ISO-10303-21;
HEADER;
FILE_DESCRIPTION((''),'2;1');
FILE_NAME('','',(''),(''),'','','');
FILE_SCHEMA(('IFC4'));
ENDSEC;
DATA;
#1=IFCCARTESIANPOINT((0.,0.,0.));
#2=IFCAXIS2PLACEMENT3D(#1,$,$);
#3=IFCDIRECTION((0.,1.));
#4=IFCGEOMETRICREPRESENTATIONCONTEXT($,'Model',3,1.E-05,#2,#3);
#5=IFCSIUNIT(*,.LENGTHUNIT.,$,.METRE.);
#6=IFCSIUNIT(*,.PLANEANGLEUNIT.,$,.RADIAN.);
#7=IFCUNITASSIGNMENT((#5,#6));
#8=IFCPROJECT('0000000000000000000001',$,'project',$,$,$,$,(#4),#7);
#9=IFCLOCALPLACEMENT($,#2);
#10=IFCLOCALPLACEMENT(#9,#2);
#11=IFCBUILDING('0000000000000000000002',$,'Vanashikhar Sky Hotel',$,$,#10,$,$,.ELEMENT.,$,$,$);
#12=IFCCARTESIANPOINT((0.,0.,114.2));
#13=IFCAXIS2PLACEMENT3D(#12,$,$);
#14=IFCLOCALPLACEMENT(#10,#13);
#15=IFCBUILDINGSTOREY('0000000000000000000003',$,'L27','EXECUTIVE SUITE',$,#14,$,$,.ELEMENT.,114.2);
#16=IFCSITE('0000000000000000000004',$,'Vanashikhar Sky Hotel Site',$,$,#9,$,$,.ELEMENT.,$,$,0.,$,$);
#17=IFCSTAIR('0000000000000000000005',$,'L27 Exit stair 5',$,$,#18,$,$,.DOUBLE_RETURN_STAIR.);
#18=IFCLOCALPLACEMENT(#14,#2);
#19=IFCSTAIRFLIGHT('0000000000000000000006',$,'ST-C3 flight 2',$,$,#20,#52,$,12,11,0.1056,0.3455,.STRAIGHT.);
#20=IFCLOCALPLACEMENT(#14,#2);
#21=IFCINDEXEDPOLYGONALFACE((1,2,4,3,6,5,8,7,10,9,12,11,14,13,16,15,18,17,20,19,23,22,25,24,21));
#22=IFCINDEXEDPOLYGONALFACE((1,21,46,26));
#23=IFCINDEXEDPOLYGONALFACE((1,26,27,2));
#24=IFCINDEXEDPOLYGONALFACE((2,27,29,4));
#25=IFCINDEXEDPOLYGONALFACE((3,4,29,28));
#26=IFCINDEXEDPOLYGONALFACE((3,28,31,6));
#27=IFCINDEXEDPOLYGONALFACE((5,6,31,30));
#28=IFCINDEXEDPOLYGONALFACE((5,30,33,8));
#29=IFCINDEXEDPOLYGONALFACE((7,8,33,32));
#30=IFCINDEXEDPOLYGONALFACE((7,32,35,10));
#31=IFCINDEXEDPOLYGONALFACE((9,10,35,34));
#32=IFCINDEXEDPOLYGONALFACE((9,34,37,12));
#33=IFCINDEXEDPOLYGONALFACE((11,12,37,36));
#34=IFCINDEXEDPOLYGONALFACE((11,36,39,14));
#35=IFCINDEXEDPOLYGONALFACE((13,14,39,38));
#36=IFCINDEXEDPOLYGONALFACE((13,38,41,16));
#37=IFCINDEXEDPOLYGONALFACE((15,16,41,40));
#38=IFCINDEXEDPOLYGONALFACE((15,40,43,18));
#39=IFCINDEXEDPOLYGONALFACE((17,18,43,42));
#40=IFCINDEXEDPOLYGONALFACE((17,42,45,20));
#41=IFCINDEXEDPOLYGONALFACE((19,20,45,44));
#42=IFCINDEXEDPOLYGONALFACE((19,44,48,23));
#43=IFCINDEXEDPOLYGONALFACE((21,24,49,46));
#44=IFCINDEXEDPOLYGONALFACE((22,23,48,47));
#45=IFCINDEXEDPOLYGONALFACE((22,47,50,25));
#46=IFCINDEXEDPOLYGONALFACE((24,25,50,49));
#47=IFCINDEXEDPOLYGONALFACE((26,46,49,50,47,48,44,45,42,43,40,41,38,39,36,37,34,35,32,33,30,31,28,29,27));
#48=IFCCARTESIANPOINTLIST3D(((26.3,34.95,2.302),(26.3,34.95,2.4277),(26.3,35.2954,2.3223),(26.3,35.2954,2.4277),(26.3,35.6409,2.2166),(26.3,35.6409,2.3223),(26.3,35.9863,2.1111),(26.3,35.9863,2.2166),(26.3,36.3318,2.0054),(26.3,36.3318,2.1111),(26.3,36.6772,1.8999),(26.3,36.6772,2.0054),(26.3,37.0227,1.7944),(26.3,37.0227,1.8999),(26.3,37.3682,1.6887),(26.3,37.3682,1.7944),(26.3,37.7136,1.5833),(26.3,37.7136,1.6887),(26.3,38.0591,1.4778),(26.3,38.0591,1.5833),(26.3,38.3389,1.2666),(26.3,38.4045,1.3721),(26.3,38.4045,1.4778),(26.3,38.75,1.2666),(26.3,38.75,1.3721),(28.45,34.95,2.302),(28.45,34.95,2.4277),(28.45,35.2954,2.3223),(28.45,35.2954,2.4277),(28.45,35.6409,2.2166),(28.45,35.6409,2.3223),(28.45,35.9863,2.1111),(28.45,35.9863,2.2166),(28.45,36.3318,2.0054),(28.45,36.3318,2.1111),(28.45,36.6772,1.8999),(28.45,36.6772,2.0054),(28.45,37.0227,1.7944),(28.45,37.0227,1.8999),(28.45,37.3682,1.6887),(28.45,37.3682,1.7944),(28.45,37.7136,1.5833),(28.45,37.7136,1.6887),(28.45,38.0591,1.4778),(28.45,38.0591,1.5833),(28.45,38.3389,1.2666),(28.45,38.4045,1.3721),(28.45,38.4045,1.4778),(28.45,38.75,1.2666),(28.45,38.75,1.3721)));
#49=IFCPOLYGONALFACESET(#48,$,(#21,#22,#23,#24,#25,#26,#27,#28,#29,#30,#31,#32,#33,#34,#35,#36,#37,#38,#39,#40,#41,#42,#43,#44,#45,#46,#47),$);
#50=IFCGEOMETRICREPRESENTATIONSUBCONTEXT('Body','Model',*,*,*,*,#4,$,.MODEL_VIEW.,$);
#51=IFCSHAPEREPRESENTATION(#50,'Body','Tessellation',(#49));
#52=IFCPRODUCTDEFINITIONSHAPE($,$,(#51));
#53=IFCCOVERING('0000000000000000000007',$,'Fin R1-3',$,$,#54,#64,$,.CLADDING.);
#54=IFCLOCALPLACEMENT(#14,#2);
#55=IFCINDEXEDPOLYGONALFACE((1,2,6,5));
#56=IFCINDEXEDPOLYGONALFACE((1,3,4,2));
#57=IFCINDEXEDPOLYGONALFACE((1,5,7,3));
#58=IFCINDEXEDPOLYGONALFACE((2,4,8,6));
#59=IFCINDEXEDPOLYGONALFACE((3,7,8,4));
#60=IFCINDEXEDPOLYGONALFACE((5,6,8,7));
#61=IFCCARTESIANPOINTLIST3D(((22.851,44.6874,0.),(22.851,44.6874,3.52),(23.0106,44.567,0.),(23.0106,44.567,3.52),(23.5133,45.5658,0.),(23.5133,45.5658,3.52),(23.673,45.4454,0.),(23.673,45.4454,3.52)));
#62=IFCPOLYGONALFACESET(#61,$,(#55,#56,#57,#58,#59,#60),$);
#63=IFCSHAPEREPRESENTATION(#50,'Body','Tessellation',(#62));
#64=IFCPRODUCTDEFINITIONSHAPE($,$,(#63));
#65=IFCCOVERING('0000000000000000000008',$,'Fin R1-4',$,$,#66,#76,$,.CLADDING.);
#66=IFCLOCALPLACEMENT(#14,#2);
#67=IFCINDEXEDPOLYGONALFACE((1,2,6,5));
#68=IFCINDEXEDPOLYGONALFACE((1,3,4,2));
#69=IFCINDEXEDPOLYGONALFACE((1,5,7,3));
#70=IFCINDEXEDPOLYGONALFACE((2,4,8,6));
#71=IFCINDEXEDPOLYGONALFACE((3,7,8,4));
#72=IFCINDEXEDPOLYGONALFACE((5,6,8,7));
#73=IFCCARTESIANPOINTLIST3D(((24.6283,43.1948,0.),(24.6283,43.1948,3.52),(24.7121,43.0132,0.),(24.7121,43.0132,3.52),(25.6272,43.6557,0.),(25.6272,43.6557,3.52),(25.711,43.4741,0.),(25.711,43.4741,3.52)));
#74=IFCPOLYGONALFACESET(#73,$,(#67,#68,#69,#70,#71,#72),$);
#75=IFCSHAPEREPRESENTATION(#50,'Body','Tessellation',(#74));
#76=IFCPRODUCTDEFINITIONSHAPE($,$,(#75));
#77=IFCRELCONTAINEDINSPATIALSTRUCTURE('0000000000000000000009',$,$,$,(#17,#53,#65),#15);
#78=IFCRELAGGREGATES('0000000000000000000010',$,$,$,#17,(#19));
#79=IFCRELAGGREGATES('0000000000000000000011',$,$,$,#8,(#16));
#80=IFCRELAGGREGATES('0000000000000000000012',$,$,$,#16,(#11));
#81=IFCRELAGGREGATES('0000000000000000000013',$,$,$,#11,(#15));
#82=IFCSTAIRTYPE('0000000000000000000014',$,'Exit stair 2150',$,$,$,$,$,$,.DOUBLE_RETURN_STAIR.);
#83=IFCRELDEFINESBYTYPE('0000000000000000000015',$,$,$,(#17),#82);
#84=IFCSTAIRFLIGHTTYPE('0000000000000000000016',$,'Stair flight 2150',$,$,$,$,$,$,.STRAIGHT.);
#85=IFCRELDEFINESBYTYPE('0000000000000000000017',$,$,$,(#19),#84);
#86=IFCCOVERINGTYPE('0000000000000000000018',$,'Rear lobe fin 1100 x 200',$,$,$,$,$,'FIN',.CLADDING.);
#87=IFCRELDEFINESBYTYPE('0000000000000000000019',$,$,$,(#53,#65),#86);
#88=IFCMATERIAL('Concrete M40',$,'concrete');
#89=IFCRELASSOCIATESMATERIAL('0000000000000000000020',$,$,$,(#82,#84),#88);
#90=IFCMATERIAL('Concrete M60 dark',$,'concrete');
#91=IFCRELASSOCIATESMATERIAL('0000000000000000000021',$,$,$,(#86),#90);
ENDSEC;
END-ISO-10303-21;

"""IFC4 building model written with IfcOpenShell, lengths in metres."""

from ifc_helpers import new_model, si_unit, direction, frame, origin, origin_2d, place, context, subcontext, project, spatial, polyline, rectangle, outline, extrude, source, transform, mapped, material, material_profile, profile_set, type_object, element, aggregate, save


model = new_model("IFC4")

# Units and contexts
model_context = context("Model", 3, precision=1e-05, world=origin(), true_north=direction((0.0, 1.0)))
body_context = subcontext(model_context, "Body", "Model", "MODEL_VIEW")
ifc_project = project(units=[si_unit("LENGTHUNIT", "METRE"), si_unit("PLANEANGLEUNIT", "RADIAN")], contexts=[model_context])

# Site, building, storey
site_placement = place(None, origin())
site = spatial("IfcSite", under=ifc_project, at=site_placement, Name="Vanashikhar Sky Hotel Site", CompositionType="ELEMENT", RefElevation=0.0)
building_placement = place(site_placement, origin())
building = spatial("IfcBuilding", under=site, at=building_placement, Name="Vanashikhar Sky Hotel", CompositionType="ELEMENT")
storey_placement = place(building_placement, frame((0.0, 0.0, 114.2)))
storey = spatial("IfcBuildingStorey", under=building, at=storey_placement, Name="L27", Description="EXECUTIVE SUITE", CompositionType="ELEMENT", Elevation=114.2)

# Shared definitions
ifc_material_1 = material(Name="Concrete M40", Category="concrete")
stair_type = type_object("IfcStairType", Name="Exit stair 2150", PredefinedType="DOUBLE_RETURN_STAIR", material=ifc_material_1)
stair_flight_type = type_object("IfcStairFlightType", Name="Stair flight 2150", PredefinedType="STRAIGHT", material=ifc_material_1)
shared_shape_1 = source(origin(), body_context, "Body", "SweptSolid", [
    extrude(outline(polyline([(0.0, 0.0), (0.0, 0.1055), (0.3455, 0.1055), (0.3455, 0.2112), (0.6909, 0.2112), (0.6909, 0.3167), (1.0364, 0.3167), (1.0364, 0.4221), (1.3818, 0.4221), (1.3818, 0.5278), (1.7273, 0.5278), (1.7273, 0.6333), (2.0728, 0.6333), (2.0728, 0.7388), (2.4182, 0.7388), (2.4182, 0.8445), (2.7637, 0.8445), (2.7637, 0.95), (3.1091, 0.95), (3.1091, 1.0557), (3.4546, 1.0557), (3.4546, 1.1611), (3.8, 1.1611), (3.8, 1.2666), (3.8, 1.0354), (0.4111, 0.0), (0.0, 0.0)])), frame((0.0, 1.075, 0.0), z_axis=(0.0, -1.0, 0.0), x_axis=(1.0, 0.0, 0.0)), (0.0, 0.0, 1.0), 2.1499),
])

# Stair, stair flight
stair_1_placement = place(storey_placement, origin())
stair_1 = element("IfcStair", 1, at=stair_1_placement, inside=storey, type_object=stair_type, Name="L27 Exit stair 5", PredefinedType="DOUBLE_RETURN_STAIR")
stair_flight_1_placement = place(storey_placement, frame((27.375, 38.75, 1.2666), z_axis=(0.0, 0.0, 1.0), x_axis=(0.0, -1.0, 0.0)))
stair_flight_1 = element("IfcStairFlight", 2, at=stair_flight_1_placement, type_object=stair_flight_type, Name="ST-C3 flight 2", NumberOfRisers=12, NumberOfTreads=11, PredefinedType="STRAIGHT", RiserHeight=0.1056, TreadLength=0.3455, context=body_context, shape_type="MappedRepresentation", body=[
    mapped(shared_shape_1, transform((0.0, 0.0, 0.0), scale=1.0)),
])
aggregate(stair_1, [stair_flight_1])

# Coverings
ifc_material_2 = material(Name="Concrete M60 dark", Category="concrete")
ifc_material_profile = material_profile(ifc_material_2, rectangle(XDim=1.1001, YDim=0.2, at=origin_2d()))
ifc_profile_set = profile_set([ifc_material_profile], Name="Rear lobe fin 1100 x 200")
covering_type = type_object("IfcCoveringType", Name="Rear lobe fin 1100 x 200", ElementType="FIN", PredefinedType="CLADDING", material=ifc_profile_set)
shared_shape_2 = source(origin(), body_context, "Body", "SweptSolid", [
    extrude(rectangle(XDim=1.1001, YDim=0.2, at=origin_2d()), origin(), (0.0, 0.0, 1.0), 3.52),
])
for number, where, z_axis, x_axis, name in (
    (3, (23.262, 45.0664, 0.0), (0.0, 0.0, 1.0), (0.602066, 0.798446, 0.0), "Fin R1-3"),
    (4, (25.1697, 43.3345, 0.0), (0.0, 0.0, 1.0), (0.908004, 0.418961, 0.0), "Fin R1-4"),
):
    element("IfcCovering", number, at=place(storey_placement, frame(where, z_axis=z_axis, x_axis=x_axis)), inside=storey, type_object=covering_type, Name=name, PredefinedType="CLADDING", context=body_context, shape_type="MappedRepresentation", body=[
        mapped(shared_shape_2, transform((0.0, 0.0, 0.0), scale=1.0)),
    ])

save(model, "model.ifc")
